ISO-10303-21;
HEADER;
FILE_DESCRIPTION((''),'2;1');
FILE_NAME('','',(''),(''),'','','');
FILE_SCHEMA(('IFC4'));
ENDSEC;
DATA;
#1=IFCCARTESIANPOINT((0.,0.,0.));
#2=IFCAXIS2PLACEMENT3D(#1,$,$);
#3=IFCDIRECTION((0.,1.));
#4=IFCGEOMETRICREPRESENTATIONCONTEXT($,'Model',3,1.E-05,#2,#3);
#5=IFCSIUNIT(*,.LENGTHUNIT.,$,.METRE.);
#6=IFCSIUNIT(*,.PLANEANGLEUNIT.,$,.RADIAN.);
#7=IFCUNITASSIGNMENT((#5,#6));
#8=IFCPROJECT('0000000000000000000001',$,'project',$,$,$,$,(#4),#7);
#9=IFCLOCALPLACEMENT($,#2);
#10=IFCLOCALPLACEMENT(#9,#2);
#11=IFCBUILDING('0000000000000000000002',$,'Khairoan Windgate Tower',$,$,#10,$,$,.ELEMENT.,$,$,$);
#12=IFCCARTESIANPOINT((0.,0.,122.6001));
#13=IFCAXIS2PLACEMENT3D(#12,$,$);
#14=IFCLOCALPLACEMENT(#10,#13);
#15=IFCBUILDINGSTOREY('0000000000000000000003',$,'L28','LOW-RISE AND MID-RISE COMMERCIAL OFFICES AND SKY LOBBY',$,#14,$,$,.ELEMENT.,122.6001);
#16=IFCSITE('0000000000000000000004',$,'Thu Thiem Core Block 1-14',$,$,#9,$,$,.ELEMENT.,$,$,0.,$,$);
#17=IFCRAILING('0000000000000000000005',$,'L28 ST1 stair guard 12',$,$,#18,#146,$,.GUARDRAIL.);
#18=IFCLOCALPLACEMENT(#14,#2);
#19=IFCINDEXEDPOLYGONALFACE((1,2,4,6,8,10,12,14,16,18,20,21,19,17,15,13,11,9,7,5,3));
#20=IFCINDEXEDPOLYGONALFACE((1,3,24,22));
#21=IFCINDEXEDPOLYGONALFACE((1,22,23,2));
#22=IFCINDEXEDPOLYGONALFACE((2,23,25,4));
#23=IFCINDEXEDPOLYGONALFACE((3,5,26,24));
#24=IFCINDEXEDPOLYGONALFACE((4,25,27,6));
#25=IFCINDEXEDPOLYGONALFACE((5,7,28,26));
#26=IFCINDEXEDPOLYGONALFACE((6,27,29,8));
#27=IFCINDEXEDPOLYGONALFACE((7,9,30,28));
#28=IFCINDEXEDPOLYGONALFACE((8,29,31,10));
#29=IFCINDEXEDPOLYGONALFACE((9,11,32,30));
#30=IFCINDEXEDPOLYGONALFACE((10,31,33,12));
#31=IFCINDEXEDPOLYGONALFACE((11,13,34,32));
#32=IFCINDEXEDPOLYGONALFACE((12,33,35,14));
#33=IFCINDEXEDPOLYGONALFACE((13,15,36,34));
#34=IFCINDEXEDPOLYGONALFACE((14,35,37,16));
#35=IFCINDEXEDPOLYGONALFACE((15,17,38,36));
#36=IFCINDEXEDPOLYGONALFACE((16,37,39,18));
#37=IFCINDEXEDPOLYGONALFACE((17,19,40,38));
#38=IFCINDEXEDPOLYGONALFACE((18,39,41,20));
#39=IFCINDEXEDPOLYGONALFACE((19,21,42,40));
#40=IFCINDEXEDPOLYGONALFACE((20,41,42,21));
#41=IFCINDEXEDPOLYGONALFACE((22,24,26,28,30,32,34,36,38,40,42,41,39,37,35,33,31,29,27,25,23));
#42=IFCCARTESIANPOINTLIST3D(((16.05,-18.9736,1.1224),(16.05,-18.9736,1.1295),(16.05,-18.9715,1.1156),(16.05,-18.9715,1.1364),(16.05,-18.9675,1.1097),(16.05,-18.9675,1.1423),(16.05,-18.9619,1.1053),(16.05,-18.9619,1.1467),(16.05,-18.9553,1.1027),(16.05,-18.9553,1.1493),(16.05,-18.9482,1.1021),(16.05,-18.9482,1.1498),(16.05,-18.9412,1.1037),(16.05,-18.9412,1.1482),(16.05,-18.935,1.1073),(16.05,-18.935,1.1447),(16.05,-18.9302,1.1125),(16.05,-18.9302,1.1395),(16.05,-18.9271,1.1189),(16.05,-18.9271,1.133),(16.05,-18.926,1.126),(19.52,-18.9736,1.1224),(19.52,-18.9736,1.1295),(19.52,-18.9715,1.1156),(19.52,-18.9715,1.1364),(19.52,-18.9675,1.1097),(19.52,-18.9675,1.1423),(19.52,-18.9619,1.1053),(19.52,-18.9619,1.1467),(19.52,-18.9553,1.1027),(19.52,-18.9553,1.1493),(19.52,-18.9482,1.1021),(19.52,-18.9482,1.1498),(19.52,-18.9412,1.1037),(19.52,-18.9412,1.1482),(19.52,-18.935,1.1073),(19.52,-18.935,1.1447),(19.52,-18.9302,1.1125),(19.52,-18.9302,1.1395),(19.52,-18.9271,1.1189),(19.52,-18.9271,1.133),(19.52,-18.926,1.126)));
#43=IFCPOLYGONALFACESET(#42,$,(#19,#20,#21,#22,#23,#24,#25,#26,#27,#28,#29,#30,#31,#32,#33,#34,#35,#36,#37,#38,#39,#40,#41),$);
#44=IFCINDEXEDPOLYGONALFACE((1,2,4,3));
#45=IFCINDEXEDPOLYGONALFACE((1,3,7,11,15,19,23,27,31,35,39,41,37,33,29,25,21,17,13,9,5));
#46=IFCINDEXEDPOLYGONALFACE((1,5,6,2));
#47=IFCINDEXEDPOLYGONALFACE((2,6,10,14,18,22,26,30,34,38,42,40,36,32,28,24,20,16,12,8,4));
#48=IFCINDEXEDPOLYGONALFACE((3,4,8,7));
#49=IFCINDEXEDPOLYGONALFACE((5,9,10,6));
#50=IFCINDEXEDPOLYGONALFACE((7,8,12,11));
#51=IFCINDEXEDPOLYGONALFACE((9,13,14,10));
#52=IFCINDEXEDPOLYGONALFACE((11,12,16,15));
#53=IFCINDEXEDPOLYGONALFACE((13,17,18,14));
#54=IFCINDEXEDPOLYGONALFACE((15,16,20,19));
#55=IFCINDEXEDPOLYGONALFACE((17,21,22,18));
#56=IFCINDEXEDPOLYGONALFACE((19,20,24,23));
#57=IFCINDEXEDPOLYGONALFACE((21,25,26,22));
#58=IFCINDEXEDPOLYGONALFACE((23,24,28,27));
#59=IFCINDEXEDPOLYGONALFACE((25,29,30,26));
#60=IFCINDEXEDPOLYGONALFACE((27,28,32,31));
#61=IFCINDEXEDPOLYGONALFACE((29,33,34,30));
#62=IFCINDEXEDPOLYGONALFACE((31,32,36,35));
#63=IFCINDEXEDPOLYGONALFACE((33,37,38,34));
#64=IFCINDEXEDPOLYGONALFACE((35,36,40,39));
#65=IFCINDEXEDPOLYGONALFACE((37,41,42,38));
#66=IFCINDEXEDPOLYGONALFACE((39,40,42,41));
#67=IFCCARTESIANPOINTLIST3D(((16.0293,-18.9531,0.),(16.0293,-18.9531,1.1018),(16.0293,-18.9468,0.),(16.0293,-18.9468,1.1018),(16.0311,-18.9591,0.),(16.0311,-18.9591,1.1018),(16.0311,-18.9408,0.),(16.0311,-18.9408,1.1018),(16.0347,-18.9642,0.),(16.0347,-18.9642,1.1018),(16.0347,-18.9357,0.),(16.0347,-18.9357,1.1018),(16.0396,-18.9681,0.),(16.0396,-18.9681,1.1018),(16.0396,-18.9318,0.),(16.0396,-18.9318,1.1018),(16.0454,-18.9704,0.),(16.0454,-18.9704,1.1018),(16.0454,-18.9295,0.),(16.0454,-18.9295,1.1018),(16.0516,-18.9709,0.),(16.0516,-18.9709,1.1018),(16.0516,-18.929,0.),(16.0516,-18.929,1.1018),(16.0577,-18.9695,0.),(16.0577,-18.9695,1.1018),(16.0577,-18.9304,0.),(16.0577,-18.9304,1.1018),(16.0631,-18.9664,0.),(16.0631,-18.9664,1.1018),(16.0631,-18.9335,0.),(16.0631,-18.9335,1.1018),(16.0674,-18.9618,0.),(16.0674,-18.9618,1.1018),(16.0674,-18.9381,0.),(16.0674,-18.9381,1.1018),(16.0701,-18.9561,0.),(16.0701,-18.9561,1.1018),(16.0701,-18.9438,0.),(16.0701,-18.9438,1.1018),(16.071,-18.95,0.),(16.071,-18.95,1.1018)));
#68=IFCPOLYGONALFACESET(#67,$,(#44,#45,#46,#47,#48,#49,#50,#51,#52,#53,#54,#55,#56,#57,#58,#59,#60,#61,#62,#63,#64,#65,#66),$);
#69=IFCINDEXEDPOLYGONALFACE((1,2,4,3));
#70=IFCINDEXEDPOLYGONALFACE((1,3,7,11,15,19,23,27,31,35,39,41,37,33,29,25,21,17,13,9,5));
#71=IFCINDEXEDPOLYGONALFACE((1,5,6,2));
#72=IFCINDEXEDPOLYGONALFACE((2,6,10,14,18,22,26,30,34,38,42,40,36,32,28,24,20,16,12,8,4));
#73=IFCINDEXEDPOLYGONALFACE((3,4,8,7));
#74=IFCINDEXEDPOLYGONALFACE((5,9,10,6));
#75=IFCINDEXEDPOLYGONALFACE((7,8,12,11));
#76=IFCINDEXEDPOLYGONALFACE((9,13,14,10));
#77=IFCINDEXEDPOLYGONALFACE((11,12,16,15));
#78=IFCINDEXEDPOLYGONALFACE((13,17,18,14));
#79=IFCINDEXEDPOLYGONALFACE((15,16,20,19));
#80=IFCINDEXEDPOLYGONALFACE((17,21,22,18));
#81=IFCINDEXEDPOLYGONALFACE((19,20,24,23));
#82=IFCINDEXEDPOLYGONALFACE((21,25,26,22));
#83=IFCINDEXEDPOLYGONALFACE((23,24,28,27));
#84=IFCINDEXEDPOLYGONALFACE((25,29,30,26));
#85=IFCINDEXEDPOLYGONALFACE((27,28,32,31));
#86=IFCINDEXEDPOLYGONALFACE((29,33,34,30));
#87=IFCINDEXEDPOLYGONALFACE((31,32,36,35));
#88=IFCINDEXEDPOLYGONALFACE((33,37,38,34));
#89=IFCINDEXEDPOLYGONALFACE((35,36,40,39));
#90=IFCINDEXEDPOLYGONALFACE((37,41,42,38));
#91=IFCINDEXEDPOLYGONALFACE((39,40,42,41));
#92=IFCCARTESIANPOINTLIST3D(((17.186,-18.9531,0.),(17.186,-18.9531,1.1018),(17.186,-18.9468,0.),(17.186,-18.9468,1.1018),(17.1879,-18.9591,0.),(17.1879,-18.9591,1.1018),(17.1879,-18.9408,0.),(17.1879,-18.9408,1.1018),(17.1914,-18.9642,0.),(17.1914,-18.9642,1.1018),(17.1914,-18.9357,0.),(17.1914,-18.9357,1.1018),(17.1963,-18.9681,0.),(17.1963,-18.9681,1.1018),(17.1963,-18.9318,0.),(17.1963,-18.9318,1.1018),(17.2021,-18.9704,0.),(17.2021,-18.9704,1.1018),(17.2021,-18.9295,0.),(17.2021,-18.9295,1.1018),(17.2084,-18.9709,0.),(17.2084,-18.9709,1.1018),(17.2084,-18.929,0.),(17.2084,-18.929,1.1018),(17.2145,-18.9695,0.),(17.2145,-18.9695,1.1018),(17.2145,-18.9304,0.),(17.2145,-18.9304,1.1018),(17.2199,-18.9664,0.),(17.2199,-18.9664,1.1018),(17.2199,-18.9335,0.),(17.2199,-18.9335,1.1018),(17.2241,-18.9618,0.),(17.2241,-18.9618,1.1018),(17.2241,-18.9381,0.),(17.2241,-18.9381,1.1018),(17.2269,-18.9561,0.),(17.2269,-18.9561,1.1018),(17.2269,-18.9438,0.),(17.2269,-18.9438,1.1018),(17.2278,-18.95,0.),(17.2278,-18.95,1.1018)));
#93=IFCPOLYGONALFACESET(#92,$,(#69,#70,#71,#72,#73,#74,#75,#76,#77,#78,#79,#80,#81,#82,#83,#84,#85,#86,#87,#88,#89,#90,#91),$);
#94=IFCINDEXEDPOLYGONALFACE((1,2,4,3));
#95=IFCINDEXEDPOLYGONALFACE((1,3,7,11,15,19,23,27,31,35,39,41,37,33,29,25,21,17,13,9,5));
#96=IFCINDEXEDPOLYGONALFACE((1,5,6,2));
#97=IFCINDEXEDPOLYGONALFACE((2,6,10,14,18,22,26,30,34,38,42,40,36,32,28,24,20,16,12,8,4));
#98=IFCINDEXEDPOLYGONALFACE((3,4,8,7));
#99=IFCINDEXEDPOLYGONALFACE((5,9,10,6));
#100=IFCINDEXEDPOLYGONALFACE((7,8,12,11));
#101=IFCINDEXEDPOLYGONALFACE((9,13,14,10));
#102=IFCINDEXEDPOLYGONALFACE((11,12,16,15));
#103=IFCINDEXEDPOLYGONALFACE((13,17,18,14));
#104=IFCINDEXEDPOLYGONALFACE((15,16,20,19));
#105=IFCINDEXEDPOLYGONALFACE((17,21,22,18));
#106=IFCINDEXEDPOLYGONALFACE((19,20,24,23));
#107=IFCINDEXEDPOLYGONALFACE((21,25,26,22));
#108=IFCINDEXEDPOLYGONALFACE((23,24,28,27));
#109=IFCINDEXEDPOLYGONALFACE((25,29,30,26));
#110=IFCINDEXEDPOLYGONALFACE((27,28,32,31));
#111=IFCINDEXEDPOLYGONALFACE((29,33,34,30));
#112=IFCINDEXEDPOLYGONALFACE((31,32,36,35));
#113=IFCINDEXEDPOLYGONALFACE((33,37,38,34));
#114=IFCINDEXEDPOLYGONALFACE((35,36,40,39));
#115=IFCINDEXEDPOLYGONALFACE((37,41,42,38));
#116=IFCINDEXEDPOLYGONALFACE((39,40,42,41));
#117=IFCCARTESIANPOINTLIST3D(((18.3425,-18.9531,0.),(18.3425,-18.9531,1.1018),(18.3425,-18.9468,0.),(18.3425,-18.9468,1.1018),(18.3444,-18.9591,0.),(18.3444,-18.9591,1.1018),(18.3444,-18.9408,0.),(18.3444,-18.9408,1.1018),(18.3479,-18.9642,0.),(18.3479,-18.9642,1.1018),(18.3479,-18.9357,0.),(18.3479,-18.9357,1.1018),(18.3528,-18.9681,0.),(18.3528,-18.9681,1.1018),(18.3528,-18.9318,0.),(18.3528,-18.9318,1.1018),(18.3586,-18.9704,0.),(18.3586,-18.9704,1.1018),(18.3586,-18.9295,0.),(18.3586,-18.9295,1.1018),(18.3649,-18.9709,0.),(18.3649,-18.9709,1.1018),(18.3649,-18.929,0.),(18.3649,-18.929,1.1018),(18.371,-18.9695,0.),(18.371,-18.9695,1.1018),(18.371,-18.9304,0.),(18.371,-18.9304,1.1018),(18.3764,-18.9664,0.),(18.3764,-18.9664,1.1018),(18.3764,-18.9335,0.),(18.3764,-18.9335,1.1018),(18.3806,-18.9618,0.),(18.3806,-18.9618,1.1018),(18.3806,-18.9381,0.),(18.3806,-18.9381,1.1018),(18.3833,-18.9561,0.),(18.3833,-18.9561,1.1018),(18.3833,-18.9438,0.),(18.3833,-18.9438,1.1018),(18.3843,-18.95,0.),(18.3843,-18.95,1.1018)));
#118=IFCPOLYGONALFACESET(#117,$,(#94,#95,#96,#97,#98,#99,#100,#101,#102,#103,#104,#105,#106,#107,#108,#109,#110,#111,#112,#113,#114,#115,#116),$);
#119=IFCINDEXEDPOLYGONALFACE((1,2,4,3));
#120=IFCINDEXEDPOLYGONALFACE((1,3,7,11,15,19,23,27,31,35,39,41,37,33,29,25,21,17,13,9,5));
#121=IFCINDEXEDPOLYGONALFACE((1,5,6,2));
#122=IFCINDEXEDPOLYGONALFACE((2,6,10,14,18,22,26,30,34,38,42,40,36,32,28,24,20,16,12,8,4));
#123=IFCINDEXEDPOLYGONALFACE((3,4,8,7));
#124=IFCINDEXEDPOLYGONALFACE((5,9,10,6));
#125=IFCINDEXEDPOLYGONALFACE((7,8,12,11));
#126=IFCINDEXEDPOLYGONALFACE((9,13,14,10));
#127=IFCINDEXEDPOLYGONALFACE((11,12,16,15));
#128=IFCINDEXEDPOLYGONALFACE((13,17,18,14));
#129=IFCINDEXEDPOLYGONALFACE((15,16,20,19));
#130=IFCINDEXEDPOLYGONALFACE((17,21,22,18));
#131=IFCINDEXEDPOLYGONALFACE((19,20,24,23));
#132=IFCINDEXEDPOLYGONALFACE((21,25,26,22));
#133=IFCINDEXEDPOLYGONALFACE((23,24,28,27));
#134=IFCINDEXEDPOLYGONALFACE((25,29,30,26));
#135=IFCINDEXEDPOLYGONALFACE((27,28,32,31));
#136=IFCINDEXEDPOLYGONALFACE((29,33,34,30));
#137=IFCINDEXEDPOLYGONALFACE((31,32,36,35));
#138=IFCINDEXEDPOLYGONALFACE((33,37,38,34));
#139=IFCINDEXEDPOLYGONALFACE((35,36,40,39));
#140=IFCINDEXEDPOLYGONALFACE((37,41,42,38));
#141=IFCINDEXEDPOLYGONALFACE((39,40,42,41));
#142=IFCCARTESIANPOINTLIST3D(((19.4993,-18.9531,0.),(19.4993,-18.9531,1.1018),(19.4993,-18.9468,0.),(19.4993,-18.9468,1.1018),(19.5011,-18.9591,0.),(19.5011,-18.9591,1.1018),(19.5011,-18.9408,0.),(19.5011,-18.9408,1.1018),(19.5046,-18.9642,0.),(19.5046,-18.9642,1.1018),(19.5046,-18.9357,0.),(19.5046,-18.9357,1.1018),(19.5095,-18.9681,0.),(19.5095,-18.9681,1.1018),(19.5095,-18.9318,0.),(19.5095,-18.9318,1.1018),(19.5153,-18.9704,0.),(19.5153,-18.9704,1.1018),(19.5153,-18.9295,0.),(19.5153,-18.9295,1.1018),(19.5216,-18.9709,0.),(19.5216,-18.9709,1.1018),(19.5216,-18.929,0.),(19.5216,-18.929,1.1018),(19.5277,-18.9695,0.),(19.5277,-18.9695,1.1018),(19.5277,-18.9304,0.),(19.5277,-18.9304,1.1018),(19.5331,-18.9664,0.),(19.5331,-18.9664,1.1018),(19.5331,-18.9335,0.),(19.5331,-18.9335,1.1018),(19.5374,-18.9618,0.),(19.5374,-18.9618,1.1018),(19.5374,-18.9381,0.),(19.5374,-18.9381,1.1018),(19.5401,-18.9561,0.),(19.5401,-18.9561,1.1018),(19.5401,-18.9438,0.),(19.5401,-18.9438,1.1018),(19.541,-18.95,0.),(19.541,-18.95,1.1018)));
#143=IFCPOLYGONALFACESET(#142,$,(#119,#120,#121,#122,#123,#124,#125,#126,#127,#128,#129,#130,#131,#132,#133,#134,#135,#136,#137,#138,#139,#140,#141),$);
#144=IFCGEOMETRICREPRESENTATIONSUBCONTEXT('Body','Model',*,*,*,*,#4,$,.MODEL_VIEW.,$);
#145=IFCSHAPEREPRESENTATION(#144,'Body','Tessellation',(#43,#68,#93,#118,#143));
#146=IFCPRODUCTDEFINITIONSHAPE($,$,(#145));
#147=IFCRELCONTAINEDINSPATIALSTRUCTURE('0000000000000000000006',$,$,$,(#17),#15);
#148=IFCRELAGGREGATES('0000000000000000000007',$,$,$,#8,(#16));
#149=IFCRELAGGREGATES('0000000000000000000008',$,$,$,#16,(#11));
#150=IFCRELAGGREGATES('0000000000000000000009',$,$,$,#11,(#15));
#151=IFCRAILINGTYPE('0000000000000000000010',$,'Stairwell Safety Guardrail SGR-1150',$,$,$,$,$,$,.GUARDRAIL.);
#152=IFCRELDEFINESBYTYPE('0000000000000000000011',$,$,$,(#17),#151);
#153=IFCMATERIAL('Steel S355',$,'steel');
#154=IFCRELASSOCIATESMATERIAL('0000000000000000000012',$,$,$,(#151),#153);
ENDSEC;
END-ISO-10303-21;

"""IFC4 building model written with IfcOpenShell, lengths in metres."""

from ifc_helpers import new_model, si_unit, direction, frame, origin, origin_2d, place, context, subcontext, project, spatial, circle, extrude, material, type_object, element, save


model = new_model("IFC4")

# Units and contexts
model_context = context("Model", 3, precision=1e-05, world=origin(), true_north=direction((0.0, 1.0)))
body_context = subcontext(model_context, "Body", "Model", "MODEL_VIEW")
ifc_project = project(units=[si_unit("LENGTHUNIT", "METRE"), si_unit("PLANEANGLEUNIT", "RADIAN")], contexts=[model_context])

# Site, building, storey
site_placement = place(None, origin())
site = spatial("IfcSite", under=ifc_project, at=site_placement, Name="Thu Thiem Core Block 1-14", CompositionType="ELEMENT", RefElevation=0.0)
building_placement = place(site_placement, origin())
building = spatial("IfcBuilding", under=site, at=building_placement, Name="Khairoan Windgate Tower", CompositionType="ELEMENT")
storey_placement = place(building_placement, frame((0.0, 0.0, 122.6001)))
storey = spatial("IfcBuildingStorey", under=building, at=storey_placement, Name="L28", Description="LOW-RISE AND MID-RISE COMMERCIAL OFFICES AND SKY LOBBY", CompositionType="ELEMENT", Elevation=122.6001)

# Railing
ifc_material_1 = material(Name="Steel S355", Category="steel")
railing_type_1 = type_object("IfcRailingType", Name="Stairwell Safety Guardrail SGR-1150", PredefinedType="GUARDRAIL", material=ifc_material_1)
railing_1_placement = place(storey_placement, frame((16.05, -18.95, 0.0)))
element("IfcRailing", 1, at=railing_1_placement, inside=storey, type_object=railing_type_1, Name="L28 ST1 stair guard 12", PredefinedType="GUARDRAIL", context=body_context, shape_type="SweptSolid", body=[
    extrude(circle(Radius=0.0239, at=origin_2d()), frame((0.0, 0.0, 1.126), z_axis=(1.0, 0.0, 0.0), x_axis=(0.0, 1.0, 0.0)), (0.0, 0.0, 1.0), 3.47),
    extrude(circle(Radius=0.021, at=origin_2d()), origin(), (0.0, 0.0, 1.0), 1.1018),
    extrude(circle(Radius=0.021, at=origin_2d()), frame((1.1567, 0.0, 0.0)), (0.0, 0.0, 1.0), 1.1018),
    extrude(circle(Radius=0.021, at=origin_2d()), frame((2.3132, 0.0, 0.0)), (0.0, 0.0, 1.0), 1.1018),
    extrude(circle(Radius=0.021, at=origin_2d()), frame((3.47, 0.0, 0.0)), (0.0, 0.0, 1.0), 1.1018),
])

save(model, "model.ifc")
